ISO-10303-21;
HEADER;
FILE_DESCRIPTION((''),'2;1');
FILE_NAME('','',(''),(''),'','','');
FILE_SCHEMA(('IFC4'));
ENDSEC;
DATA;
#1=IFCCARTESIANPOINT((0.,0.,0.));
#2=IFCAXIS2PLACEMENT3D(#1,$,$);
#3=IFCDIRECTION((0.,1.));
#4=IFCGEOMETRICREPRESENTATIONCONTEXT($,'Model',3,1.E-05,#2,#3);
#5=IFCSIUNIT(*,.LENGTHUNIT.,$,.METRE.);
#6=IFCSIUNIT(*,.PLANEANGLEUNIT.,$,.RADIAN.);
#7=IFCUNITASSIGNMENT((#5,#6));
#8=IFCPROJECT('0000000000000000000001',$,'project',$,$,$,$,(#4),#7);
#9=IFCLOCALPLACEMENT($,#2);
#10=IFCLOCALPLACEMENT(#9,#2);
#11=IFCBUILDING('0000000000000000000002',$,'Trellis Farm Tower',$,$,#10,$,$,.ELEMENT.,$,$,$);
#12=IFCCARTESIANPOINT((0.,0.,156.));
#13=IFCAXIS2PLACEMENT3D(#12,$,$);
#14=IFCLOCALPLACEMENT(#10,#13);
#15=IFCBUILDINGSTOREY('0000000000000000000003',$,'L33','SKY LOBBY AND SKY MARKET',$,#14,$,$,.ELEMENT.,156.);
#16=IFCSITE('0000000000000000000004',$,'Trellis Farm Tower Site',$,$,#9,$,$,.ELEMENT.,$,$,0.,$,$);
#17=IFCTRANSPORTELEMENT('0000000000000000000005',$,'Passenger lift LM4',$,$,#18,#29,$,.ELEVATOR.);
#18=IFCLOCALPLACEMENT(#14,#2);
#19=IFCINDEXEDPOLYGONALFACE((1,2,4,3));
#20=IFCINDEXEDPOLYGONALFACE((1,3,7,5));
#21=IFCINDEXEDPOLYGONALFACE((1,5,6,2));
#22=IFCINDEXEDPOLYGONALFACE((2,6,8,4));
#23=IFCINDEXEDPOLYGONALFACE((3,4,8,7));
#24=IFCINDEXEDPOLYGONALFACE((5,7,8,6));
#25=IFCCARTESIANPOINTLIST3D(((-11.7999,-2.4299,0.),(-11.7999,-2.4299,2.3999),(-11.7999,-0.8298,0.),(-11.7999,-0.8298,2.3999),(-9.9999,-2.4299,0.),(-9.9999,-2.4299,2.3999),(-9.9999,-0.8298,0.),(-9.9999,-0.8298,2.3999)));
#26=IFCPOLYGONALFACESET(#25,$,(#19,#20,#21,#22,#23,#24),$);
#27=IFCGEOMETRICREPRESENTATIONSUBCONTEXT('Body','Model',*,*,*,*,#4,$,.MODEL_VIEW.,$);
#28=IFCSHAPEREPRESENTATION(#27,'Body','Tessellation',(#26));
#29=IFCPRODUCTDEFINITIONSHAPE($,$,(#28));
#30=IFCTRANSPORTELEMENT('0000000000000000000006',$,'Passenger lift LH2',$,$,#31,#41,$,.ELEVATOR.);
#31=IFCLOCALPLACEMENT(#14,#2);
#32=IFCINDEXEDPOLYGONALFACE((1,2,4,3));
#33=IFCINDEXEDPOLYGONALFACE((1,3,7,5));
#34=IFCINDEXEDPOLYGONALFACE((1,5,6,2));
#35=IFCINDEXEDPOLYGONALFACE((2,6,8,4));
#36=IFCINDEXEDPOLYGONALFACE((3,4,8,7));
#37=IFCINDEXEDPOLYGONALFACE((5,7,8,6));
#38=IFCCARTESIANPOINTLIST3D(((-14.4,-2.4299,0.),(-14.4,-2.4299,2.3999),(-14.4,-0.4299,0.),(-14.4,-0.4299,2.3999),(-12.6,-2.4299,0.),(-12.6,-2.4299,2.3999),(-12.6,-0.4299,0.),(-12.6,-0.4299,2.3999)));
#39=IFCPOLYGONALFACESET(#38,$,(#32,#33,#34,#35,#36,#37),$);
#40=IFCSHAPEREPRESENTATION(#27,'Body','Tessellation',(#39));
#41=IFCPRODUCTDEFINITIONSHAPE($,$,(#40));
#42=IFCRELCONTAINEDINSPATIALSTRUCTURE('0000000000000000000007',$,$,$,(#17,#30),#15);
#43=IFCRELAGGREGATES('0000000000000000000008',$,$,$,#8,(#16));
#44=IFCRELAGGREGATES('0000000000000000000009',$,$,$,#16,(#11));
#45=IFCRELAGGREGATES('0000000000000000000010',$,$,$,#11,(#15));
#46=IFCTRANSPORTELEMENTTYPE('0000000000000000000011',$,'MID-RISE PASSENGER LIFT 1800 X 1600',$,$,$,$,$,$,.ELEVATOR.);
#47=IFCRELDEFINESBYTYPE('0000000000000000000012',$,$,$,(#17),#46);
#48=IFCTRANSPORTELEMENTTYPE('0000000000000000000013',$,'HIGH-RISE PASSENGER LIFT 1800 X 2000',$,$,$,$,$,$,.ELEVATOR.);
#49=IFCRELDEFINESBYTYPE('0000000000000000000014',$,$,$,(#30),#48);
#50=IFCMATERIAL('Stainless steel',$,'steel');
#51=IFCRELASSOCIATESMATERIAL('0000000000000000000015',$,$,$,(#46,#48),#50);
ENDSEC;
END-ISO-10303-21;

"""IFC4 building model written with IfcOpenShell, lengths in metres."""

from ifc_helpers import new_model, si_unit, direction, frame, origin, origin_2d, place, context, subcontext, project, spatial, rectangle, extrude, source, transform, mapped, material, type_object, element, save


model = new_model("IFC4")

# Units and contexts
model_context = context("Model", 3, precision=1e-05, world=origin(), true_north=direction((0.0, 1.0)))
body_context = subcontext(model_context, "Body", "Model", "MODEL_VIEW")
ifc_project = project(units=[si_unit("LENGTHUNIT", "METRE"), si_unit("PLANEANGLEUNIT", "RADIAN")], contexts=[model_context])

# Site, building, storey
site_placement = place(None, origin())
site = spatial("IfcSite", under=ifc_project, at=site_placement, Name="Trellis Farm Tower Site", CompositionType="ELEMENT", RefElevation=0.0)
building_placement = place(site_placement, origin())
building = spatial("IfcBuilding", under=site, at=building_placement, Name="Trellis Farm Tower", CompositionType="ELEMENT")
storey_placement = place(building_placement, frame((0.0, 0.0, 156.0)))
storey = spatial("IfcBuildingStorey", under=building, at=storey_placement, Name="L33", Description="SKY LOBBY AND SKY MARKET", CompositionType="ELEMENT", Elevation=156.0)

# Shared definitions
ifc_material_1 = material(Name="Stainless steel", Category="steel")

# Transport elements
transport_element_type_1 = type_object("IfcTransportElementType", Name="MID-RISE PASSENGER LIFT 1800 X 1600", PredefinedType="ELEVATOR", material=ifc_material_1)
shared_shape_1 = source(origin(), body_context, "Body", "SweptSolid", [
    extrude(rectangle(XDim=1.8, YDim=1.6001, at=origin_2d()), origin(), (0.0, 0.0, 1.0), 2.3999),
])
for number, where, z_axis, x_axis, name in (
    (1, (-10.8999, -1.6299, 0.0), (0.0, 0.0, 1.0), (-1.0, 0.0, 0.0), "Passenger lift LM4"),
):
    element("IfcTransportElement", number, at=place(storey_placement, frame(where, z_axis=z_axis, x_axis=x_axis)), inside=storey, type_object=transport_element_type_1, Name=name, PredefinedType="ELEVATOR", context=body_context, shape_type="MappedRepresentation", body=[
        mapped(shared_shape_1, transform((0.0, 0.0, 0.0))),
    ])
transport_element_type_2 = type_object("IfcTransportElementType", Name="HIGH-RISE PASSENGER LIFT 1800 X 2000", PredefinedType="ELEVATOR", material=ifc_material_1)
shared_shape_2 = source(origin(), body_context, "Body", "SweptSolid", [
    extrude(rectangle(XDim=1.8, YDim=2.0, at=origin_2d()), origin(), (0.0, 0.0, 1.0), 2.3999),
])
transport_element_placement = place(storey_placement, frame((-13.5, -1.4299, 0.0), z_axis=(0.0, 0.0, 1.0), x_axis=(-1.0, 0.0, 0.0)))
element("IfcTransportElement", 2, at=transport_element_placement, inside=storey, type_object=transport_element_type_2, Name="Passenger lift LH2", PredefinedType="ELEVATOR", context=body_context, shape_type="MappedRepresentation", body=[
    mapped(shared_shape_2, transform((0.0, 0.0, 0.0))),
])

save(model, "model.ifc")
